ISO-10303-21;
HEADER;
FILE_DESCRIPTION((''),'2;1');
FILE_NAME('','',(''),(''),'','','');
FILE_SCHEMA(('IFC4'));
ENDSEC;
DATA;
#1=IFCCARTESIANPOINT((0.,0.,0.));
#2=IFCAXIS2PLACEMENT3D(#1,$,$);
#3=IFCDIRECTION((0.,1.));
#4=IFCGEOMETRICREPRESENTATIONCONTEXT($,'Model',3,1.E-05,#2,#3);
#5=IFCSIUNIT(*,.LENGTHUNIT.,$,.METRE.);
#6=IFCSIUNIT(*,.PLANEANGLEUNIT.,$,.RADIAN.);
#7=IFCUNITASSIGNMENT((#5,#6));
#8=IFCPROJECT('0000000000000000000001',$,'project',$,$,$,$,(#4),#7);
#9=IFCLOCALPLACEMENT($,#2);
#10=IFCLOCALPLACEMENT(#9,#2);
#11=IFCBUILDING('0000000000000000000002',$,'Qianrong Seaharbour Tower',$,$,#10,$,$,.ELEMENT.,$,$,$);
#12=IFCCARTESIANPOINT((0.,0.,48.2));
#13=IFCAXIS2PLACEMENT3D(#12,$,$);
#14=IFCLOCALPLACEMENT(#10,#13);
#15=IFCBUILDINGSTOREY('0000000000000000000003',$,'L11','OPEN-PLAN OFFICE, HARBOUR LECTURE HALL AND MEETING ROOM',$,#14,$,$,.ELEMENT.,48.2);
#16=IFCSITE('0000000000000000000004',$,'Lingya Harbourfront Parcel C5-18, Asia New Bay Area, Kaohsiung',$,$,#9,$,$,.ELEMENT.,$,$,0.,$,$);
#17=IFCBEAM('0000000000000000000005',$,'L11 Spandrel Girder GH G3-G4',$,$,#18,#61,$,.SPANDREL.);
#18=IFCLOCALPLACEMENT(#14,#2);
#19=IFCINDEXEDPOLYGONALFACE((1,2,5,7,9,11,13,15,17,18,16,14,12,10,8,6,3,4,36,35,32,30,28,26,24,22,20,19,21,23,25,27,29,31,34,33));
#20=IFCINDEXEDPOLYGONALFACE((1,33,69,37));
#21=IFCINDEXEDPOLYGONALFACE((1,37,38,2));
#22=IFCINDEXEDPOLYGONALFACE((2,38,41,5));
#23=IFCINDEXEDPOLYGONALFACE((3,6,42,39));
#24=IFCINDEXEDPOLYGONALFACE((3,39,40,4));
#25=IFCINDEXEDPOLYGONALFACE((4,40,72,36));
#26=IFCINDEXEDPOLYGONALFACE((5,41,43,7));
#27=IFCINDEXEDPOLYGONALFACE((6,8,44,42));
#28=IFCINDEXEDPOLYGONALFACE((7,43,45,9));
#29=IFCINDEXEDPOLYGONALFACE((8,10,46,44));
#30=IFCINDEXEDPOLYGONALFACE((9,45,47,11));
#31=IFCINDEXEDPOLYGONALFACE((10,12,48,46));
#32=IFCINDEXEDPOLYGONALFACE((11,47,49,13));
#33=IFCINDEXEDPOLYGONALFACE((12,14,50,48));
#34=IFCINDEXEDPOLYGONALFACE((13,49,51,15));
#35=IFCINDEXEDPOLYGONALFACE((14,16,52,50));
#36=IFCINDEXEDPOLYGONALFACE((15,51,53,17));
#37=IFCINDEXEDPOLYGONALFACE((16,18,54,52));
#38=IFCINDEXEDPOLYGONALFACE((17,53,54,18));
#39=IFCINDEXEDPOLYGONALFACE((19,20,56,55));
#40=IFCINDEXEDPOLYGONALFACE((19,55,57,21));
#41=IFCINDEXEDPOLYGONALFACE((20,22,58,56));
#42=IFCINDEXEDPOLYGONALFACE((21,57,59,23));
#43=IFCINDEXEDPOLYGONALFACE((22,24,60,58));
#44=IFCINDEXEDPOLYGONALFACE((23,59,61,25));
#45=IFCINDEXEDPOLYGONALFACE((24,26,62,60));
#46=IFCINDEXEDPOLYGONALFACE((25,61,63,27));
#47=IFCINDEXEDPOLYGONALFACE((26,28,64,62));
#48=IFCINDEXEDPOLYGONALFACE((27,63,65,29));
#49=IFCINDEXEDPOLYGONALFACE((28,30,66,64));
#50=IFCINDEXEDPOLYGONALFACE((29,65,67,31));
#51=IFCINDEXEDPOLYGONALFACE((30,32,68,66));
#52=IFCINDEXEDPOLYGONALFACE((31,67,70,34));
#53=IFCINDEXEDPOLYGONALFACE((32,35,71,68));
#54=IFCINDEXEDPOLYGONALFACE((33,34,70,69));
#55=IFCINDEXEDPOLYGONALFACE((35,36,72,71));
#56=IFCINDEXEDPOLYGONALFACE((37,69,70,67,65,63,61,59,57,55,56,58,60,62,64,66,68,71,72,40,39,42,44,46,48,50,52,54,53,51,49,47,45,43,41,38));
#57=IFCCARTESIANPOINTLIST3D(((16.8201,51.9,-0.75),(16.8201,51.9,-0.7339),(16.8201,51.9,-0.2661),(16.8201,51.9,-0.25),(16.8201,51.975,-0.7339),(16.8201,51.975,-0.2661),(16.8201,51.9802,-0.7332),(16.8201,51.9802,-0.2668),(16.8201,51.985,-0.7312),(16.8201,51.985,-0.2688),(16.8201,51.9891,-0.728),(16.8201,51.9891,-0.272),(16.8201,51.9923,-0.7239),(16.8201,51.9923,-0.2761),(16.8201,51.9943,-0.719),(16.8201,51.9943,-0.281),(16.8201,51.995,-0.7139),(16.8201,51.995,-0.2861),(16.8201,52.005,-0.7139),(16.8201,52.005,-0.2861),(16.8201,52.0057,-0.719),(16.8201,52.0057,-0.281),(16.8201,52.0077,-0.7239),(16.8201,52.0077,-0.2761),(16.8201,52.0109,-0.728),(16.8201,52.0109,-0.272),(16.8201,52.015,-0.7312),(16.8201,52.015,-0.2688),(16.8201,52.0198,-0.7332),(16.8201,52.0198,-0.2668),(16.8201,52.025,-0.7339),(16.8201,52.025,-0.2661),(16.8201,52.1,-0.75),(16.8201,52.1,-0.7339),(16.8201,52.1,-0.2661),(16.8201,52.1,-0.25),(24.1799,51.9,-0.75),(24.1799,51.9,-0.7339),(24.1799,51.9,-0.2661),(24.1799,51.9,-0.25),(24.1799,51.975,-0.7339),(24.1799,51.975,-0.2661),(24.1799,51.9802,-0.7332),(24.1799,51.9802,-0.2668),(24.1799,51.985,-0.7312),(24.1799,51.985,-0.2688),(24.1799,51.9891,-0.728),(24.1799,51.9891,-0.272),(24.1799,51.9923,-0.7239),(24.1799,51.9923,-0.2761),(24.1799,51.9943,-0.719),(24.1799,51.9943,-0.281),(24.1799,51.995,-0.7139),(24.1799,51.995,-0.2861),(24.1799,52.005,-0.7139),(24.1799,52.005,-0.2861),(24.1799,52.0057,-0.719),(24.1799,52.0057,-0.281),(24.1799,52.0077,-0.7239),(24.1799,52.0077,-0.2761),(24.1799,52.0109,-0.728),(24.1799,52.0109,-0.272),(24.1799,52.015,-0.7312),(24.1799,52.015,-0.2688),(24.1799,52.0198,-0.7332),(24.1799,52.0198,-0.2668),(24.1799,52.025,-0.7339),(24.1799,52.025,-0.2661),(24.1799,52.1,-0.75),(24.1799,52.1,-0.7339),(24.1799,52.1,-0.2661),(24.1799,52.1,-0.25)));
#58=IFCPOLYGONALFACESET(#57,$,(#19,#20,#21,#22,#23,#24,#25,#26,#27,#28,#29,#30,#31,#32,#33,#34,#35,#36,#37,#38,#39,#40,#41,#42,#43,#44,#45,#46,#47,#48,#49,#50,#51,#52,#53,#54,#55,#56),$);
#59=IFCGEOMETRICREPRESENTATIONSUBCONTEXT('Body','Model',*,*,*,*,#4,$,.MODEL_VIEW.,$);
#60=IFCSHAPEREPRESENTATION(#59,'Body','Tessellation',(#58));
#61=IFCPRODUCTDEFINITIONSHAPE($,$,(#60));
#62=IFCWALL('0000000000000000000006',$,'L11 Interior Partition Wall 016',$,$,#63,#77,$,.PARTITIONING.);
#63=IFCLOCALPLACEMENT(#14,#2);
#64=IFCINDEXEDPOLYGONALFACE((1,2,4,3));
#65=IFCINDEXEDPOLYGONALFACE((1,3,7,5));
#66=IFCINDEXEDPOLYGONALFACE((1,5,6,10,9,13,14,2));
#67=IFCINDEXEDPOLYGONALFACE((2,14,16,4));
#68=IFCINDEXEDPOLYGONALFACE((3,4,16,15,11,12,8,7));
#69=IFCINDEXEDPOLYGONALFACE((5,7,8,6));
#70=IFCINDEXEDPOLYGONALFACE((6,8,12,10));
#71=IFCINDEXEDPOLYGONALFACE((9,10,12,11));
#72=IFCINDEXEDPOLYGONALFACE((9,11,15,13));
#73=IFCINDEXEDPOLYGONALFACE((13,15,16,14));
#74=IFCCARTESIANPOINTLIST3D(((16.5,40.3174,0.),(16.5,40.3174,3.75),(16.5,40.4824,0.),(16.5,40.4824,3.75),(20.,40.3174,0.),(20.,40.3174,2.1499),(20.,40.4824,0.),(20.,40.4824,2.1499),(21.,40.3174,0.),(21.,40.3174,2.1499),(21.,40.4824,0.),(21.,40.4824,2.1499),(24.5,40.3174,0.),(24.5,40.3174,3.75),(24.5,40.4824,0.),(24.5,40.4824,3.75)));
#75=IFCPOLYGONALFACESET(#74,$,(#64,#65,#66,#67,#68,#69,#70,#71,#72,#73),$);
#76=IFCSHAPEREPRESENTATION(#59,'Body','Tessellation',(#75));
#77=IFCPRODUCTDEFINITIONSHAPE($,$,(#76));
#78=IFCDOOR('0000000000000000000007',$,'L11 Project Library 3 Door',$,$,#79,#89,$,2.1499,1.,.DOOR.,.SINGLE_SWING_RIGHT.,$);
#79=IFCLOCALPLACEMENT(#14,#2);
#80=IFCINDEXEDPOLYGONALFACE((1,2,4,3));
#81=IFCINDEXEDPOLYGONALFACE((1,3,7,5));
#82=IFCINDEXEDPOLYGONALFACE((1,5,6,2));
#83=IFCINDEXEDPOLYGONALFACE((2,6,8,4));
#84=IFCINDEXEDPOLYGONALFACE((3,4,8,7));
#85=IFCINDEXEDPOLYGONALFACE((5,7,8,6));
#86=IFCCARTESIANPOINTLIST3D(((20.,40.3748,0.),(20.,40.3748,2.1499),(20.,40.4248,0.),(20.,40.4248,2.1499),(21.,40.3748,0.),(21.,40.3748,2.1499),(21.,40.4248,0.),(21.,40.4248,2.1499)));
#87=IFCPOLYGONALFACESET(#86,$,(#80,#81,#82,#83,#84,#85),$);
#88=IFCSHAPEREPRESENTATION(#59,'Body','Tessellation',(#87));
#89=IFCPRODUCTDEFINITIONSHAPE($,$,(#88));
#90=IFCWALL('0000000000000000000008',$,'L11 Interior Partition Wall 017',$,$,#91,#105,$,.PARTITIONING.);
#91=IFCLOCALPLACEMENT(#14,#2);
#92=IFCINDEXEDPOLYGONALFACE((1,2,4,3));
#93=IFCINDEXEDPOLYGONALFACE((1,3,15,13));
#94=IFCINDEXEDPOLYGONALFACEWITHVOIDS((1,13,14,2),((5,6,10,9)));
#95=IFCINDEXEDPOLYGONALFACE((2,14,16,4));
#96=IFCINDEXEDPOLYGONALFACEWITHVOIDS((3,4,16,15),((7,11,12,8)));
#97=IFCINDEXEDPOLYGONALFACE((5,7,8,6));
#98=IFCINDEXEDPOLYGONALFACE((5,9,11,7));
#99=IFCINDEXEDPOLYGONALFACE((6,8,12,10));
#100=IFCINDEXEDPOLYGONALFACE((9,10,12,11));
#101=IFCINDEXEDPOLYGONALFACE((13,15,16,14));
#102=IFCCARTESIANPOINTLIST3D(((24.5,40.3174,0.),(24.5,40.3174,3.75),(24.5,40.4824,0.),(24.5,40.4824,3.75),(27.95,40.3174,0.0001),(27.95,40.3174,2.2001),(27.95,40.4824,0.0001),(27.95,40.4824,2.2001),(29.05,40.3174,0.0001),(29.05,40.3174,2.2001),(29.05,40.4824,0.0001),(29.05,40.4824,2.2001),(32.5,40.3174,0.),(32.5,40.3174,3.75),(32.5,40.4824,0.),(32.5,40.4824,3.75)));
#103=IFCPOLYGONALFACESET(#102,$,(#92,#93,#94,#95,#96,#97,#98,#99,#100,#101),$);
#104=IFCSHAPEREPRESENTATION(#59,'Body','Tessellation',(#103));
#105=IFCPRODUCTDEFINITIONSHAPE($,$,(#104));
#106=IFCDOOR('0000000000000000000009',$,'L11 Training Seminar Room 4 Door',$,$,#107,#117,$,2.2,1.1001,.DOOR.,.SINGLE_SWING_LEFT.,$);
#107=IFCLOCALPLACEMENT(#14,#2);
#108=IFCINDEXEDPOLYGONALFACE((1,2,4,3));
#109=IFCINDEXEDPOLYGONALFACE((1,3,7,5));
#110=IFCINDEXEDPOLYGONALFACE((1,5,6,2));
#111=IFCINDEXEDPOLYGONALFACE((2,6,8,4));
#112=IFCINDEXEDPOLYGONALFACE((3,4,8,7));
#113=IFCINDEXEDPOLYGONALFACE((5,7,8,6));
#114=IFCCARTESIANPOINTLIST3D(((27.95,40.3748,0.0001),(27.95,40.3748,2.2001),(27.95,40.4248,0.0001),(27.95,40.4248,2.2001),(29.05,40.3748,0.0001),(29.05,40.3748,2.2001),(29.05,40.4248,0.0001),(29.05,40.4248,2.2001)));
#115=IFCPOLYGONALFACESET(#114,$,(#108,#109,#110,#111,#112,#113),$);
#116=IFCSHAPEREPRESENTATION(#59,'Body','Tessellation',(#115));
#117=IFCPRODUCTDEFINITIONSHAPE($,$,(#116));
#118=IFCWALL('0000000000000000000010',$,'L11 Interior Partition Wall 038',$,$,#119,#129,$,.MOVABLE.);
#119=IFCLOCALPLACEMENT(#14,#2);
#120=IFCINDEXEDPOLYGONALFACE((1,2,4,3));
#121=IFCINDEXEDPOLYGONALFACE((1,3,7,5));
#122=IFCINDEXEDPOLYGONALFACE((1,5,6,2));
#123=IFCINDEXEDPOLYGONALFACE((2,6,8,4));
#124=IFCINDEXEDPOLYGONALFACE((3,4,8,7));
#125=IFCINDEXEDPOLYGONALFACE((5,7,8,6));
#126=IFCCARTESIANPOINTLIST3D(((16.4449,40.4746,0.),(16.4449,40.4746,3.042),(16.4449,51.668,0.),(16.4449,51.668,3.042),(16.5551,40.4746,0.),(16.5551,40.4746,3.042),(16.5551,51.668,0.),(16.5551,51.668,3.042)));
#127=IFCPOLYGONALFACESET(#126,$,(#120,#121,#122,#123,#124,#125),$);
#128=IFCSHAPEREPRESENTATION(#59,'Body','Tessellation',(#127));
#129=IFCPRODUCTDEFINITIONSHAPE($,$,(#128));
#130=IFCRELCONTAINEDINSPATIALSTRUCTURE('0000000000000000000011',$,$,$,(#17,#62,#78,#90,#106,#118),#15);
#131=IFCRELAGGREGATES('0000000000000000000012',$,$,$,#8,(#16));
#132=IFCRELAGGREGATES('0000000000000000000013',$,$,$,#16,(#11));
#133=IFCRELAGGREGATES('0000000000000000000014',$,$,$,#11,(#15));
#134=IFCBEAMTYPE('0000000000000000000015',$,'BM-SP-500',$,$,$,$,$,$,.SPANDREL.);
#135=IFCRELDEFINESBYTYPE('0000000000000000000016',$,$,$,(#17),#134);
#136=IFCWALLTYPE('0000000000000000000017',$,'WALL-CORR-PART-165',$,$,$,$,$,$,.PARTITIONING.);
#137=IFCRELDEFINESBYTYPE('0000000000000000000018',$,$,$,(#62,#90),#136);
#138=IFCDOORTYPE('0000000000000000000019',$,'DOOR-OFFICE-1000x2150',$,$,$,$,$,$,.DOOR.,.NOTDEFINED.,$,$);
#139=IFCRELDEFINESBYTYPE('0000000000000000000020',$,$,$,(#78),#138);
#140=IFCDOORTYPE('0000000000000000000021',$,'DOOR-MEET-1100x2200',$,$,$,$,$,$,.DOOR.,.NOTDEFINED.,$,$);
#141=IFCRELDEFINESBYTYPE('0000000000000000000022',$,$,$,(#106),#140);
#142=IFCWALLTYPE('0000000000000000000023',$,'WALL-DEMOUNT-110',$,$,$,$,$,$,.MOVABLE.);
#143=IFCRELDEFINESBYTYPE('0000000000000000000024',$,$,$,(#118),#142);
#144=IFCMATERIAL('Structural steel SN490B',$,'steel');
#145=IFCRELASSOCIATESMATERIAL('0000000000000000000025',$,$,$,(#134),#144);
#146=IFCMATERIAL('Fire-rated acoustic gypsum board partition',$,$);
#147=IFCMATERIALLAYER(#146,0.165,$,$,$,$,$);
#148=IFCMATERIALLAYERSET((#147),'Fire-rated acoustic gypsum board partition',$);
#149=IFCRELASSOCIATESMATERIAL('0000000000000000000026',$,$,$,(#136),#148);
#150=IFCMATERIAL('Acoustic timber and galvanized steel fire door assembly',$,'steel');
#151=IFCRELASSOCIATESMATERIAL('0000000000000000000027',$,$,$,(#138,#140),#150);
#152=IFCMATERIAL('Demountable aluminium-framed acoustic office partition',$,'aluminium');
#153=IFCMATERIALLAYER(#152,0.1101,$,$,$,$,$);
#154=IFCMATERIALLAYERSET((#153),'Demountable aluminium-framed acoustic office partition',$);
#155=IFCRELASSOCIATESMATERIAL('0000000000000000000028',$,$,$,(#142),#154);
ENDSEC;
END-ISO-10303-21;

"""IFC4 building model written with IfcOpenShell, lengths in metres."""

from ifc_helpers import new_model, si_unit, direction, frame, frame_2d, origin, origin_2d, place, context, subcontext, project, spatial, rectangle, i_section, extrude, material, layer, layer_set, material_profile, profile_set, type_object, element, fill, save


model = new_model("IFC4")

# Units and contexts
model_context = context("Model", 3, precision=1e-05, world=origin(), true_north=direction((0.0, 1.0)))
body_context = subcontext(model_context, "Body", "Model", "MODEL_VIEW")
ifc_project = project(units=[si_unit("LENGTHUNIT", "METRE"), si_unit("PLANEANGLEUNIT", "RADIAN")], contexts=[model_context])

# Site, building, storey
site_placement = place(None, origin())
site = spatial("IfcSite", under=ifc_project, at=site_placement, Name="Lingya Harbourfront Parcel C5-18, Asia New Bay Area, Kaohsiung", CompositionType="ELEMENT", RefElevation=0.0)
building_placement = place(site_placement, origin())
building = spatial("IfcBuilding", under=site, at=building_placement, Name="Qianrong Seaharbour Tower", CompositionType="ELEMENT")
storey_placement = place(building_placement, frame((0.0, 0.0, 48.2)))
storey = spatial("IfcBuildingStorey", under=building, at=storey_placement, Name="L11", Description="OPEN-PLAN OFFICE, HARBOUR LECTURE HALL AND MEETING ROOM", CompositionType="ELEMENT", Elevation=48.2)

# Shared definitions
ifc_material_1 = material(Name="Structural steel SN490B", Category="steel")

# Beam
ifc_material_profile_1 = material_profile(ifc_material_1, i_section(OverallWidth=0.2, OverallDepth=0.5, WebThickness=0.01, FlangeThickness=0.0161, FilletRadius=0.02, at=origin_2d()), Name="H500x200x10x16")
ifc_profile_set_1 = profile_set([ifc_material_profile_1], Name="Structural steel SN490B")
beam_type_1 = type_object("IfcBeamType", Name="BM-SP-500", PredefinedType="SPANDREL", material=ifc_profile_set_1)
beam_1_placement = place(storey_placement, frame((16.8201, 52.0, -0.5), z_axis=(1.0, 0.0, 0.0), x_axis=(0.0, 1.0, 0.0)))
element("IfcBeam", 1, at=beam_1_placement, inside=storey, type_object=beam_type_1, Name="L11 Spandrel Girder GH G3-G4", PredefinedType="SPANDREL", context=body_context, shape_type="SweptSolid", body=[
    extrude(i_section(OverallWidth=0.2, OverallDepth=0.5, WebThickness=0.01, FlangeThickness=0.0161, FilletRadius=0.02, at=origin_2d()), origin(), (0.0, 0.0, 1.0), 7.3599),
])

# Walls, openings, doors
ifc_material_2 = material(Name="Fire-rated acoustic gypsum board partition")
ifc_layer_1 = layer(ifc_material_2, 0.165)
ifc_layer_set_1 = layer_set([ifc_layer_1], Name="Fire-rated acoustic gypsum board partition")
wall_type_1 = type_object("IfcWallType", Name="WALL-CORR-PART-165", PredefinedType="PARTITIONING", material=ifc_layer_set_1)
wall_1_placement = place(storey_placement, frame((16.5, 40.3999, 0.0), z_axis=(0.0, 0.0, 1.0), x_axis=(1.0, 0.0, 0.0)))
wall_1 = element("IfcWall", 2, at=wall_1_placement, inside=storey, type_object=wall_type_1, Name="L11 Interior Partition Wall 016", PredefinedType="PARTITIONING", context=body_context, shape_type="SweptSolid", body=[
    extrude(rectangle(XDim=8.0, YDim=0.165, at=frame_2d((4.0, 0.0))), origin(), (0.0, 0.0, 1.0), 3.75),
])
opening_1_placement = place(wall_1_placement, frame((3.5, 0.0, 0.0)))
opening_1 = element("IfcOpeningElement", 3, at=opening_1_placement, cuts=wall_1, PredefinedType="OPENING", context=body_context, shape_type="SweptSolid", body=[
    extrude(rectangle(XDim=1.0, YDim=2.1499, at=frame_2d((0.5, 1.075))), frame((0.0, 0.0925, 0.0), z_axis=(0.0, -1.0, 0.0), x_axis=(1.0, 0.0, 0.0)), (0.0, 0.0, 1.0), 0.1851),
])
ifc_material_3 = material(Name="Acoustic timber and galvanized steel fire door assembly", Category="steel")
door_type_1 = type_object("IfcDoorType", Name="DOOR-OFFICE-1000x2150", OperationType="NOTDEFINED", PredefinedType="DOOR", material=ifc_material_3)
door_1_placement = place(opening_1_placement, origin())
door_1 = element("IfcDoor", 4, at=door_1_placement, inside=storey, type_object=door_type_1, Name="L11 Project Library 3 Door", OperationType="SINGLE_SWING_RIGHT", OverallHeight=2.1499, OverallWidth=1.0, PredefinedType="DOOR", context=body_context, shape_type="SweptSolid", body=[
    extrude(rectangle(XDim=1.0, YDim=2.1499, at=frame_2d((0.5, 1.075))), frame((0.0, 0.0249, 0.0), z_axis=(0.0, -1.0, 0.0), x_axis=(1.0, 0.0, 0.0)), (0.0, 0.0, 1.0), 0.05),
])
fill(opening_1, door_1)
wall_2_placement = place(storey_placement, frame((24.5, 40.3999, 0.0), z_axis=(0.0, 0.0, 1.0), x_axis=(1.0, 0.0, 0.0)))
wall_2 = element("IfcWall", 5, at=wall_2_placement, inside=storey, type_object=wall_type_1, Name="L11 Interior Partition Wall 017", PredefinedType="PARTITIONING", context=body_context, shape_type="SweptSolid", body=[
    extrude(rectangle(XDim=8.0, YDim=0.165, at=frame_2d((4.0, 0.0))), origin(), (0.0, 0.0, 1.0), 3.75),
])
opening_2_placement = place(wall_2_placement, frame((3.45, 0.0, 0.0)))
opening_2 = element("IfcOpeningElement", 6, at=opening_2_placement, cuts=wall_2, PredefinedType="OPENING", context=body_context, shape_type="SweptSolid", body=[
    extrude(rectangle(XDim=1.1001, YDim=2.2, at=frame_2d((0.55, 1.1001))), frame((0.0, 0.0925, 0.0), z_axis=(0.0, -1.0, 0.0), x_axis=(1.0, 0.0, 0.0)), (0.0, 0.0, 1.0), 0.1851),
])
door_type_2 = type_object("IfcDoorType", Name="DOOR-MEET-1100x2200", OperationType="NOTDEFINED", PredefinedType="DOOR", material=ifc_material_3)
door_2_placement = place(opening_2_placement, origin())
door_2 = element("IfcDoor", 7, at=door_2_placement, inside=storey, type_object=door_type_2, Name="L11 Training Seminar Room 4 Door", OperationType="SINGLE_SWING_LEFT", OverallHeight=2.2, OverallWidth=1.1001, PredefinedType="DOOR", context=body_context, shape_type="SweptSolid", body=[
    extrude(rectangle(XDim=1.1001, YDim=2.2, at=frame_2d((0.55, 1.1001))), frame((0.0, 0.0249, 0.0), z_axis=(0.0, -1.0, 0.0), x_axis=(1.0, 0.0, 0.0)), (0.0, 0.0, 1.0), 0.05),
])
fill(opening_2, door_2)

# Wall
ifc_material_4 = material(Name="Demountable aluminium-framed acoustic office partition", Category="aluminium")
ifc_layer_2 = layer(ifc_material_4, 0.1101)
ifc_layer_set_2 = layer_set([ifc_layer_2], Name="Demountable aluminium-framed acoustic office partition")
wall_type_2 = type_object("IfcWallType", Name="WALL-DEMOUNT-110", PredefinedType="MOVABLE", material=ifc_layer_set_2)
wall_3_placement = place(storey_placement, frame((16.5, 51.668, 0.0), z_axis=(0.0, 0.0, 1.0), x_axis=(0.0, -1.0, 0.0)))
element("IfcWall", 8, at=wall_3_placement, inside=storey, type_object=wall_type_2, Name="L11 Interior Partition Wall 038", PredefinedType="MOVABLE", context=body_context, shape_type="SweptSolid", body=[
    extrude(rectangle(XDim=11.1934, YDim=0.1101, at=frame_2d((5.5967, 0.0))), origin(), (0.0, 0.0, 1.0), 3.042),
])

save(model, "model.ifc")
